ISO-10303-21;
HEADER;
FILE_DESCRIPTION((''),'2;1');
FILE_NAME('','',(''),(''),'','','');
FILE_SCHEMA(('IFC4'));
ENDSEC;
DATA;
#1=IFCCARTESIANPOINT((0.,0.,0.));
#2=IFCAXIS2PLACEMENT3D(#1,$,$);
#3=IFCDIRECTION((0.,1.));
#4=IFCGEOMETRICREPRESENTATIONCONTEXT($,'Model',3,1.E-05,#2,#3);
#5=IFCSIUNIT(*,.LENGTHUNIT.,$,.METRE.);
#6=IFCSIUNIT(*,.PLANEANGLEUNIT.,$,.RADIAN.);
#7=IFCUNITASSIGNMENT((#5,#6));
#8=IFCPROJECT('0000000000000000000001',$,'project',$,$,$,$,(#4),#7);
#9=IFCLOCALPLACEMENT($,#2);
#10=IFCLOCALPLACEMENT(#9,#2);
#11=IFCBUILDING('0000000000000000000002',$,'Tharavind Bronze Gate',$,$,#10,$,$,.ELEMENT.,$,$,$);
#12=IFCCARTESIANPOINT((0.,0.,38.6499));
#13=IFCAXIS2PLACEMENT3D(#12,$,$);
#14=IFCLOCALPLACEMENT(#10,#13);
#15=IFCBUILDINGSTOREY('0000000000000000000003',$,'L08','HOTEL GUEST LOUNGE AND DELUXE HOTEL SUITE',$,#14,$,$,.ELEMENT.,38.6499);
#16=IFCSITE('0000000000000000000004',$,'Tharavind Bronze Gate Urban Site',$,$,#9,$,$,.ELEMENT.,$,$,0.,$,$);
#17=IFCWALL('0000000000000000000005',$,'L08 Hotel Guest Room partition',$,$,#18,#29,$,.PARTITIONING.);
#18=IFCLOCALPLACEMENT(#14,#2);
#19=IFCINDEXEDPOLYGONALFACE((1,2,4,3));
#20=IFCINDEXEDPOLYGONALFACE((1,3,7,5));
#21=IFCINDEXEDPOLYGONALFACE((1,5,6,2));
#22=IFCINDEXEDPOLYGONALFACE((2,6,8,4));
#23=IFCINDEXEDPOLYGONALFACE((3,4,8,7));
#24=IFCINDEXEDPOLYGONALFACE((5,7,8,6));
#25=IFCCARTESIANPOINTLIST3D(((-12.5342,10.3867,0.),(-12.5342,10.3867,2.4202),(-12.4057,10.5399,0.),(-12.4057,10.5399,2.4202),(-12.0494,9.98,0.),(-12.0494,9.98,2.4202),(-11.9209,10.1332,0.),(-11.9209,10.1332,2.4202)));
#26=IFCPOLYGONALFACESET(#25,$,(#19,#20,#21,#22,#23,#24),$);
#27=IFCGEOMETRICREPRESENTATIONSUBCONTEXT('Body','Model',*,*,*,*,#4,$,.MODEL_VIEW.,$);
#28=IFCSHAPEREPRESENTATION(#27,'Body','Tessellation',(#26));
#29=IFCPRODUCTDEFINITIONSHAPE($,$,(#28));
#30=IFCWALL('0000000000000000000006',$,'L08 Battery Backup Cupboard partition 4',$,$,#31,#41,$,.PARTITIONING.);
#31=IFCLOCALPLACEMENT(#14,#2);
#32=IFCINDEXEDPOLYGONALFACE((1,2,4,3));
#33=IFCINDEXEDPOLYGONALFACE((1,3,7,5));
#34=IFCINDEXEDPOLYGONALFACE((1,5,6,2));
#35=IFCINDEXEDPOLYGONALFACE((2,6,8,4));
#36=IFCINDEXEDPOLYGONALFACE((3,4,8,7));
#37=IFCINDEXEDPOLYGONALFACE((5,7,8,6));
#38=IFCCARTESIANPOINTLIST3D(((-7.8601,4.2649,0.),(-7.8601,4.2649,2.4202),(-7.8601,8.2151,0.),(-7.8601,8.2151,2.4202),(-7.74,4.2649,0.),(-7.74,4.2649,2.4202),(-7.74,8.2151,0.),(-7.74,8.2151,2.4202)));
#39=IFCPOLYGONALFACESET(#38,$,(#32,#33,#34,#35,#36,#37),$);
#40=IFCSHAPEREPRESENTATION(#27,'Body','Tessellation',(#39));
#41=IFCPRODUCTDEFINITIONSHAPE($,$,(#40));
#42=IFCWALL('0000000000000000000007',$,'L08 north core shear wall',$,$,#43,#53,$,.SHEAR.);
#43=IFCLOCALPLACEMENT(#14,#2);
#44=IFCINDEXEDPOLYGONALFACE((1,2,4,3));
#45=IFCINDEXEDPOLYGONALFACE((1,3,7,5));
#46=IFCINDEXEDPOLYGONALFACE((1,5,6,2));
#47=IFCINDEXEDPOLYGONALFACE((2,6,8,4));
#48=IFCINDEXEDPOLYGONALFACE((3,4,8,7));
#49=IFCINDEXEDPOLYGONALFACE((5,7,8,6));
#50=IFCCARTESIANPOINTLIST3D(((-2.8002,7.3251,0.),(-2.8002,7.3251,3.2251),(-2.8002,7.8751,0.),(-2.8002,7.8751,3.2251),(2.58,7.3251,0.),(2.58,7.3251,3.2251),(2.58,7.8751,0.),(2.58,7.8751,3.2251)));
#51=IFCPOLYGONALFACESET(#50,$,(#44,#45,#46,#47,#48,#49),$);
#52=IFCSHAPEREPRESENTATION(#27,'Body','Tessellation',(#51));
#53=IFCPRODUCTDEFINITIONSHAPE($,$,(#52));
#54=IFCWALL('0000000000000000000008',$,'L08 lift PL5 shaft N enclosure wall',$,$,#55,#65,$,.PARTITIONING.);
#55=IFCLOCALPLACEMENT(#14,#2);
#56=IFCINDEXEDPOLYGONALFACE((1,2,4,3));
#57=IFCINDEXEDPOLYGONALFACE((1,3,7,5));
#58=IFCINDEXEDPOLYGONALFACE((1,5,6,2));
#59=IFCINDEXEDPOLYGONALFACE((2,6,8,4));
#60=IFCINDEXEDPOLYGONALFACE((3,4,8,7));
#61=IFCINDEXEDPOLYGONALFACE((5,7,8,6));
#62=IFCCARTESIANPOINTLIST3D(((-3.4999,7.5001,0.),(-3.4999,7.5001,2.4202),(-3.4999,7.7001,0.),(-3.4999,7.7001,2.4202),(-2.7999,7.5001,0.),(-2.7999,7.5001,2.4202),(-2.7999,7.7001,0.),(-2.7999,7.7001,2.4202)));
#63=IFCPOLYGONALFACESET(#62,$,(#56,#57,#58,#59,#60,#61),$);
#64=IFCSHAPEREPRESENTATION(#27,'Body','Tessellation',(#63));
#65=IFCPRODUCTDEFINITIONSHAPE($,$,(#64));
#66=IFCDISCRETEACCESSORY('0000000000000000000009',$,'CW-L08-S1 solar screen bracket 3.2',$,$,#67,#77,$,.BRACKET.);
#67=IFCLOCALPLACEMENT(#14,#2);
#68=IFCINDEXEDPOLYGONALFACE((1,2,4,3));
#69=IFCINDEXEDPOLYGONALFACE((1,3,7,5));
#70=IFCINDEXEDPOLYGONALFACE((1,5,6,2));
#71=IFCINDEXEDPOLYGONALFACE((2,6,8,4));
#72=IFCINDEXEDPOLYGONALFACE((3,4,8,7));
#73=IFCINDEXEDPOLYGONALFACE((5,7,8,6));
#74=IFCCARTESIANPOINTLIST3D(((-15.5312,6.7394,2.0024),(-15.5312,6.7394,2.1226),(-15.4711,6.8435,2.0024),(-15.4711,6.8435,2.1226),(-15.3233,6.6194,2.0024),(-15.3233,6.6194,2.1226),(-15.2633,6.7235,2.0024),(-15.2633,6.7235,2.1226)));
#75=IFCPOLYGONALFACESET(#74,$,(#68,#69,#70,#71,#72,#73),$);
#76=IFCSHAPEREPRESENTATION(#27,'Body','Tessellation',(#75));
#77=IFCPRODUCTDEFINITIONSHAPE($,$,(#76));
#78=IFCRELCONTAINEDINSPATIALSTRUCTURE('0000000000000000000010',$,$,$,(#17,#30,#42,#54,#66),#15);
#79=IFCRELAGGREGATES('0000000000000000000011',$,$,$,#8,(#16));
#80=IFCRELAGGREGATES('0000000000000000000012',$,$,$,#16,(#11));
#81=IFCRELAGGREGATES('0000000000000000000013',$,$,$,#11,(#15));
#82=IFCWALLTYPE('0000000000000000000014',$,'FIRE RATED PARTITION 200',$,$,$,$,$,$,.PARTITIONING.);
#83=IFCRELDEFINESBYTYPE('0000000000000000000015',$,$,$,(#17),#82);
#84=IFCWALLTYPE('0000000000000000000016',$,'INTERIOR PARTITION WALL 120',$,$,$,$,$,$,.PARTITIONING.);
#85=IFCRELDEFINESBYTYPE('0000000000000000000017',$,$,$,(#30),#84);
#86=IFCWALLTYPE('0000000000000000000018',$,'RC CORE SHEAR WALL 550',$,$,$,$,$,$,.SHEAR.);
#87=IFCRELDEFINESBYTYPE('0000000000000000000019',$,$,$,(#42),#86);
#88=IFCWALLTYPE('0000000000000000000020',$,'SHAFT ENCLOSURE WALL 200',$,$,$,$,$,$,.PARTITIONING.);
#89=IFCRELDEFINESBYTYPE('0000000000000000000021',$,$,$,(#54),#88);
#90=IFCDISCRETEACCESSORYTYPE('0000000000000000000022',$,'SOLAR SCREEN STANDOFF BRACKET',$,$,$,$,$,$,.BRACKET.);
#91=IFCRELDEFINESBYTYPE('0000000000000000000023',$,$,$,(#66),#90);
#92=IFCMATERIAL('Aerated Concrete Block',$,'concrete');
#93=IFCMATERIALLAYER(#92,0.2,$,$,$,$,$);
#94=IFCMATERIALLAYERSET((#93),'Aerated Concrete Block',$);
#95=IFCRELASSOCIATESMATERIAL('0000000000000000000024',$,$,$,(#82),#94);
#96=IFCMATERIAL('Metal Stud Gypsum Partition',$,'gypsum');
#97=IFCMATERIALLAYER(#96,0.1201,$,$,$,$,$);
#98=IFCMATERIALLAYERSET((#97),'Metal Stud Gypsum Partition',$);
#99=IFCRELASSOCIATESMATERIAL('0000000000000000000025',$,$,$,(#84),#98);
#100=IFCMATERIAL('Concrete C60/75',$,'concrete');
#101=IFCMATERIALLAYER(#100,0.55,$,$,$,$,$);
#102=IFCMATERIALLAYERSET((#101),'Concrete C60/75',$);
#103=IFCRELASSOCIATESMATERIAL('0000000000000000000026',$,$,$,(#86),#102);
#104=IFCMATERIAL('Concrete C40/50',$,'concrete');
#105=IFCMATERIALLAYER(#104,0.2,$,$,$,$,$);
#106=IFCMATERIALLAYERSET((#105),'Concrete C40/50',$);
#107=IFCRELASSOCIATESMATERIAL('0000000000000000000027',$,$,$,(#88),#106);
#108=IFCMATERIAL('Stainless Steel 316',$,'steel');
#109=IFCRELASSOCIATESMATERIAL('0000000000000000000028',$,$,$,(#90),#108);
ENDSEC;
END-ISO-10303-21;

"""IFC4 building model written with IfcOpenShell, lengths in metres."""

from ifc_helpers import new_model, si_unit, direction, frame, frame_2d, origin, origin_2d, place, context, subcontext, project, spatial, rectangle, extrude, material, layer, layer_set, type_object, element, save


model = new_model("IFC4")

# Units and contexts
model_context = context("Model", 3, precision=1e-05, world=origin(), true_north=direction((0.0, 1.0)))
body_context = subcontext(model_context, "Body", "Model", "MODEL_VIEW")
ifc_project = project(units=[si_unit("LENGTHUNIT", "METRE"), si_unit("PLANEANGLEUNIT", "RADIAN")], contexts=[model_context])

# Site, building, storey
site_placement = place(None, origin())
site = spatial("IfcSite", under=ifc_project, at=site_placement, Name="Tharavind Bronze Gate Urban Site", CompositionType="ELEMENT", RefElevation=0.0)
building_placement = place(site_placement, origin())
building = spatial("IfcBuilding", under=site, at=building_placement, Name="Tharavind Bronze Gate", CompositionType="ELEMENT")
storey_placement = place(building_placement, frame((0.0, 0.0, 38.6499)))
storey = spatial("IfcBuildingStorey", under=building, at=storey_placement, Name="L08", Description="HOTEL GUEST LOUNGE AND DELUXE HOTEL SUITE", CompositionType="ELEMENT", Elevation=38.6499)

# Shared definitions
ifc_material_1 = material(Name="Aerated Concrete Block", Category="concrete")
ifc_layer_1 = layer(ifc_material_1, 0.2)
ifc_layer_set_1 = layer_set([ifc_layer_1], Name="Aerated Concrete Block")
wall_type_1 = type_object("IfcWallType", Name="FIRE RATED PARTITION 200", PredefinedType="PARTITIONING", material=ifc_layer_set_1)

# Wall
wall_1_placement = place(storey_placement, frame((-11.9851, 10.0566, 0.0), z_axis=(0.0, 0.0, 1.0), x_axis=(-0.76613, 0.642685, 0.0)))
element("IfcWall", 1, at=wall_1_placement, inside=storey, type_object=wall_type_1, Name="L08 Hotel Guest Room partition", PredefinedType="PARTITIONING", context=body_context, shape_type="SweptSolid", body=[
    extrude(rectangle(XDim=0.6328, YDim=0.2, at=frame_2d((0.3164, 0.0))), origin(), (0.0, 0.0, 1.0), 2.4202),
])

# Walls
ifc_material_2 = material(Name="Metal Stud Gypsum Partition", Category="gypsum")
ifc_layer_2 = layer(ifc_material_2, 0.1201)
ifc_layer_set_2 = layer_set([ifc_layer_2], Name="Metal Stud Gypsum Partition")
wall_type_2 = type_object("IfcWallType", Name="INTERIOR PARTITION WALL 120", PredefinedType="PARTITIONING", material=ifc_layer_set_2)
wall_2_placement = place(storey_placement, frame((-7.8, 8.2151, 0.0), z_axis=(0.0, 0.0, 1.0), x_axis=(0.0, -1.0, 0.0)))
element("IfcWall", 2, at=wall_2_placement, inside=storey, type_object=wall_type_2, Name="L08 Battery Backup Cupboard partition 4", PredefinedType="PARTITIONING", context=body_context, shape_type="SweptSolid", body=[
    extrude(rectangle(XDim=3.9502, YDim=0.1201, at=frame_2d((1.9751, 0.0))), origin(), (0.0, 0.0, 1.0), 2.4202),
])
ifc_material_3 = material(Name="Concrete C60/75", Category="concrete")
ifc_layer_3 = layer(ifc_material_3, 0.55)
ifc_layer_set_3 = layer_set([ifc_layer_3], Name="Concrete C60/75")
wall_type_3 = type_object("IfcWallType", Name="RC CORE SHEAR WALL 550", PredefinedType="SHEAR", material=ifc_layer_set_3)
wall_3_placement = place(storey_placement, frame((-2.8, 7.6001, 0.0), z_axis=(0.0, 0.0, 1.0), x_axis=(1.0, 0.0, 0.0)))
element("IfcWall", 3, at=wall_3_placement, inside=storey, type_object=wall_type_3, Name="L08 north core shear wall", PredefinedType="SHEAR", context=body_context, shape_type="SweptSolid", body=[
    extrude(rectangle(XDim=5.3801, YDim=0.55, at=frame_2d((2.6899, 0.0))), origin(), (0.0, 0.0, 1.0), 3.2251),
])
ifc_material_4 = material(Name="Concrete C40/50", Category="concrete")
ifc_layer_4 = layer(ifc_material_4, 0.2)
ifc_layer_set_4 = layer_set([ifc_layer_4], Name="Concrete C40/50")
wall_type_4 = type_object("IfcWallType", Name="SHAFT ENCLOSURE WALL 200", PredefinedType="PARTITIONING", material=ifc_layer_set_4)
wall_4_placement = place(storey_placement, frame((-3.5, 7.6001, 0.0), z_axis=(0.0, 0.0, 1.0), x_axis=(1.0, 0.0, 0.0)))
element("IfcWall", 4, at=wall_4_placement, inside=storey, type_object=wall_type_4, Name="L08 lift PL5 shaft N enclosure wall", PredefinedType="PARTITIONING", context=body_context, shape_type="SweptSolid", body=[
    extrude(rectangle(XDim=0.7, YDim=0.2, at=frame_2d((0.3501, 0.0))), origin(), (0.0, 0.0, 1.0), 2.4202),
])

# Discrete accessory
ifc_material_5 = material(Name="Stainless Steel 316", Category="steel")
discrete_accessory_type = type_object("IfcDiscreteAccessoryType", Name="SOLAR SCREEN STANDOFF BRACKET", PredefinedType="BRACKET", material=ifc_material_5)
discrete_accessory_placement = place(storey_placement, frame((-15.3972, 6.7314, 2.0024), z_axis=(0.0, 0.0, 1.0), x_axis=(-0.500002, -0.866025, 0.0)))
element("IfcDiscreteAccessory", 5, at=discrete_accessory_placement, inside=storey, type_object=discrete_accessory_type, Name="CW-L08-S1 solar screen bracket 3.2", PredefinedType="BRACKET", context=body_context, shape_type="SweptSolid", body=[
    extrude(rectangle(XDim=0.1201, YDim=0.24, at=origin_2d()), origin(), (0.0, 0.0, 1.0), 0.1201),
])

save(model, "model.ifc")
